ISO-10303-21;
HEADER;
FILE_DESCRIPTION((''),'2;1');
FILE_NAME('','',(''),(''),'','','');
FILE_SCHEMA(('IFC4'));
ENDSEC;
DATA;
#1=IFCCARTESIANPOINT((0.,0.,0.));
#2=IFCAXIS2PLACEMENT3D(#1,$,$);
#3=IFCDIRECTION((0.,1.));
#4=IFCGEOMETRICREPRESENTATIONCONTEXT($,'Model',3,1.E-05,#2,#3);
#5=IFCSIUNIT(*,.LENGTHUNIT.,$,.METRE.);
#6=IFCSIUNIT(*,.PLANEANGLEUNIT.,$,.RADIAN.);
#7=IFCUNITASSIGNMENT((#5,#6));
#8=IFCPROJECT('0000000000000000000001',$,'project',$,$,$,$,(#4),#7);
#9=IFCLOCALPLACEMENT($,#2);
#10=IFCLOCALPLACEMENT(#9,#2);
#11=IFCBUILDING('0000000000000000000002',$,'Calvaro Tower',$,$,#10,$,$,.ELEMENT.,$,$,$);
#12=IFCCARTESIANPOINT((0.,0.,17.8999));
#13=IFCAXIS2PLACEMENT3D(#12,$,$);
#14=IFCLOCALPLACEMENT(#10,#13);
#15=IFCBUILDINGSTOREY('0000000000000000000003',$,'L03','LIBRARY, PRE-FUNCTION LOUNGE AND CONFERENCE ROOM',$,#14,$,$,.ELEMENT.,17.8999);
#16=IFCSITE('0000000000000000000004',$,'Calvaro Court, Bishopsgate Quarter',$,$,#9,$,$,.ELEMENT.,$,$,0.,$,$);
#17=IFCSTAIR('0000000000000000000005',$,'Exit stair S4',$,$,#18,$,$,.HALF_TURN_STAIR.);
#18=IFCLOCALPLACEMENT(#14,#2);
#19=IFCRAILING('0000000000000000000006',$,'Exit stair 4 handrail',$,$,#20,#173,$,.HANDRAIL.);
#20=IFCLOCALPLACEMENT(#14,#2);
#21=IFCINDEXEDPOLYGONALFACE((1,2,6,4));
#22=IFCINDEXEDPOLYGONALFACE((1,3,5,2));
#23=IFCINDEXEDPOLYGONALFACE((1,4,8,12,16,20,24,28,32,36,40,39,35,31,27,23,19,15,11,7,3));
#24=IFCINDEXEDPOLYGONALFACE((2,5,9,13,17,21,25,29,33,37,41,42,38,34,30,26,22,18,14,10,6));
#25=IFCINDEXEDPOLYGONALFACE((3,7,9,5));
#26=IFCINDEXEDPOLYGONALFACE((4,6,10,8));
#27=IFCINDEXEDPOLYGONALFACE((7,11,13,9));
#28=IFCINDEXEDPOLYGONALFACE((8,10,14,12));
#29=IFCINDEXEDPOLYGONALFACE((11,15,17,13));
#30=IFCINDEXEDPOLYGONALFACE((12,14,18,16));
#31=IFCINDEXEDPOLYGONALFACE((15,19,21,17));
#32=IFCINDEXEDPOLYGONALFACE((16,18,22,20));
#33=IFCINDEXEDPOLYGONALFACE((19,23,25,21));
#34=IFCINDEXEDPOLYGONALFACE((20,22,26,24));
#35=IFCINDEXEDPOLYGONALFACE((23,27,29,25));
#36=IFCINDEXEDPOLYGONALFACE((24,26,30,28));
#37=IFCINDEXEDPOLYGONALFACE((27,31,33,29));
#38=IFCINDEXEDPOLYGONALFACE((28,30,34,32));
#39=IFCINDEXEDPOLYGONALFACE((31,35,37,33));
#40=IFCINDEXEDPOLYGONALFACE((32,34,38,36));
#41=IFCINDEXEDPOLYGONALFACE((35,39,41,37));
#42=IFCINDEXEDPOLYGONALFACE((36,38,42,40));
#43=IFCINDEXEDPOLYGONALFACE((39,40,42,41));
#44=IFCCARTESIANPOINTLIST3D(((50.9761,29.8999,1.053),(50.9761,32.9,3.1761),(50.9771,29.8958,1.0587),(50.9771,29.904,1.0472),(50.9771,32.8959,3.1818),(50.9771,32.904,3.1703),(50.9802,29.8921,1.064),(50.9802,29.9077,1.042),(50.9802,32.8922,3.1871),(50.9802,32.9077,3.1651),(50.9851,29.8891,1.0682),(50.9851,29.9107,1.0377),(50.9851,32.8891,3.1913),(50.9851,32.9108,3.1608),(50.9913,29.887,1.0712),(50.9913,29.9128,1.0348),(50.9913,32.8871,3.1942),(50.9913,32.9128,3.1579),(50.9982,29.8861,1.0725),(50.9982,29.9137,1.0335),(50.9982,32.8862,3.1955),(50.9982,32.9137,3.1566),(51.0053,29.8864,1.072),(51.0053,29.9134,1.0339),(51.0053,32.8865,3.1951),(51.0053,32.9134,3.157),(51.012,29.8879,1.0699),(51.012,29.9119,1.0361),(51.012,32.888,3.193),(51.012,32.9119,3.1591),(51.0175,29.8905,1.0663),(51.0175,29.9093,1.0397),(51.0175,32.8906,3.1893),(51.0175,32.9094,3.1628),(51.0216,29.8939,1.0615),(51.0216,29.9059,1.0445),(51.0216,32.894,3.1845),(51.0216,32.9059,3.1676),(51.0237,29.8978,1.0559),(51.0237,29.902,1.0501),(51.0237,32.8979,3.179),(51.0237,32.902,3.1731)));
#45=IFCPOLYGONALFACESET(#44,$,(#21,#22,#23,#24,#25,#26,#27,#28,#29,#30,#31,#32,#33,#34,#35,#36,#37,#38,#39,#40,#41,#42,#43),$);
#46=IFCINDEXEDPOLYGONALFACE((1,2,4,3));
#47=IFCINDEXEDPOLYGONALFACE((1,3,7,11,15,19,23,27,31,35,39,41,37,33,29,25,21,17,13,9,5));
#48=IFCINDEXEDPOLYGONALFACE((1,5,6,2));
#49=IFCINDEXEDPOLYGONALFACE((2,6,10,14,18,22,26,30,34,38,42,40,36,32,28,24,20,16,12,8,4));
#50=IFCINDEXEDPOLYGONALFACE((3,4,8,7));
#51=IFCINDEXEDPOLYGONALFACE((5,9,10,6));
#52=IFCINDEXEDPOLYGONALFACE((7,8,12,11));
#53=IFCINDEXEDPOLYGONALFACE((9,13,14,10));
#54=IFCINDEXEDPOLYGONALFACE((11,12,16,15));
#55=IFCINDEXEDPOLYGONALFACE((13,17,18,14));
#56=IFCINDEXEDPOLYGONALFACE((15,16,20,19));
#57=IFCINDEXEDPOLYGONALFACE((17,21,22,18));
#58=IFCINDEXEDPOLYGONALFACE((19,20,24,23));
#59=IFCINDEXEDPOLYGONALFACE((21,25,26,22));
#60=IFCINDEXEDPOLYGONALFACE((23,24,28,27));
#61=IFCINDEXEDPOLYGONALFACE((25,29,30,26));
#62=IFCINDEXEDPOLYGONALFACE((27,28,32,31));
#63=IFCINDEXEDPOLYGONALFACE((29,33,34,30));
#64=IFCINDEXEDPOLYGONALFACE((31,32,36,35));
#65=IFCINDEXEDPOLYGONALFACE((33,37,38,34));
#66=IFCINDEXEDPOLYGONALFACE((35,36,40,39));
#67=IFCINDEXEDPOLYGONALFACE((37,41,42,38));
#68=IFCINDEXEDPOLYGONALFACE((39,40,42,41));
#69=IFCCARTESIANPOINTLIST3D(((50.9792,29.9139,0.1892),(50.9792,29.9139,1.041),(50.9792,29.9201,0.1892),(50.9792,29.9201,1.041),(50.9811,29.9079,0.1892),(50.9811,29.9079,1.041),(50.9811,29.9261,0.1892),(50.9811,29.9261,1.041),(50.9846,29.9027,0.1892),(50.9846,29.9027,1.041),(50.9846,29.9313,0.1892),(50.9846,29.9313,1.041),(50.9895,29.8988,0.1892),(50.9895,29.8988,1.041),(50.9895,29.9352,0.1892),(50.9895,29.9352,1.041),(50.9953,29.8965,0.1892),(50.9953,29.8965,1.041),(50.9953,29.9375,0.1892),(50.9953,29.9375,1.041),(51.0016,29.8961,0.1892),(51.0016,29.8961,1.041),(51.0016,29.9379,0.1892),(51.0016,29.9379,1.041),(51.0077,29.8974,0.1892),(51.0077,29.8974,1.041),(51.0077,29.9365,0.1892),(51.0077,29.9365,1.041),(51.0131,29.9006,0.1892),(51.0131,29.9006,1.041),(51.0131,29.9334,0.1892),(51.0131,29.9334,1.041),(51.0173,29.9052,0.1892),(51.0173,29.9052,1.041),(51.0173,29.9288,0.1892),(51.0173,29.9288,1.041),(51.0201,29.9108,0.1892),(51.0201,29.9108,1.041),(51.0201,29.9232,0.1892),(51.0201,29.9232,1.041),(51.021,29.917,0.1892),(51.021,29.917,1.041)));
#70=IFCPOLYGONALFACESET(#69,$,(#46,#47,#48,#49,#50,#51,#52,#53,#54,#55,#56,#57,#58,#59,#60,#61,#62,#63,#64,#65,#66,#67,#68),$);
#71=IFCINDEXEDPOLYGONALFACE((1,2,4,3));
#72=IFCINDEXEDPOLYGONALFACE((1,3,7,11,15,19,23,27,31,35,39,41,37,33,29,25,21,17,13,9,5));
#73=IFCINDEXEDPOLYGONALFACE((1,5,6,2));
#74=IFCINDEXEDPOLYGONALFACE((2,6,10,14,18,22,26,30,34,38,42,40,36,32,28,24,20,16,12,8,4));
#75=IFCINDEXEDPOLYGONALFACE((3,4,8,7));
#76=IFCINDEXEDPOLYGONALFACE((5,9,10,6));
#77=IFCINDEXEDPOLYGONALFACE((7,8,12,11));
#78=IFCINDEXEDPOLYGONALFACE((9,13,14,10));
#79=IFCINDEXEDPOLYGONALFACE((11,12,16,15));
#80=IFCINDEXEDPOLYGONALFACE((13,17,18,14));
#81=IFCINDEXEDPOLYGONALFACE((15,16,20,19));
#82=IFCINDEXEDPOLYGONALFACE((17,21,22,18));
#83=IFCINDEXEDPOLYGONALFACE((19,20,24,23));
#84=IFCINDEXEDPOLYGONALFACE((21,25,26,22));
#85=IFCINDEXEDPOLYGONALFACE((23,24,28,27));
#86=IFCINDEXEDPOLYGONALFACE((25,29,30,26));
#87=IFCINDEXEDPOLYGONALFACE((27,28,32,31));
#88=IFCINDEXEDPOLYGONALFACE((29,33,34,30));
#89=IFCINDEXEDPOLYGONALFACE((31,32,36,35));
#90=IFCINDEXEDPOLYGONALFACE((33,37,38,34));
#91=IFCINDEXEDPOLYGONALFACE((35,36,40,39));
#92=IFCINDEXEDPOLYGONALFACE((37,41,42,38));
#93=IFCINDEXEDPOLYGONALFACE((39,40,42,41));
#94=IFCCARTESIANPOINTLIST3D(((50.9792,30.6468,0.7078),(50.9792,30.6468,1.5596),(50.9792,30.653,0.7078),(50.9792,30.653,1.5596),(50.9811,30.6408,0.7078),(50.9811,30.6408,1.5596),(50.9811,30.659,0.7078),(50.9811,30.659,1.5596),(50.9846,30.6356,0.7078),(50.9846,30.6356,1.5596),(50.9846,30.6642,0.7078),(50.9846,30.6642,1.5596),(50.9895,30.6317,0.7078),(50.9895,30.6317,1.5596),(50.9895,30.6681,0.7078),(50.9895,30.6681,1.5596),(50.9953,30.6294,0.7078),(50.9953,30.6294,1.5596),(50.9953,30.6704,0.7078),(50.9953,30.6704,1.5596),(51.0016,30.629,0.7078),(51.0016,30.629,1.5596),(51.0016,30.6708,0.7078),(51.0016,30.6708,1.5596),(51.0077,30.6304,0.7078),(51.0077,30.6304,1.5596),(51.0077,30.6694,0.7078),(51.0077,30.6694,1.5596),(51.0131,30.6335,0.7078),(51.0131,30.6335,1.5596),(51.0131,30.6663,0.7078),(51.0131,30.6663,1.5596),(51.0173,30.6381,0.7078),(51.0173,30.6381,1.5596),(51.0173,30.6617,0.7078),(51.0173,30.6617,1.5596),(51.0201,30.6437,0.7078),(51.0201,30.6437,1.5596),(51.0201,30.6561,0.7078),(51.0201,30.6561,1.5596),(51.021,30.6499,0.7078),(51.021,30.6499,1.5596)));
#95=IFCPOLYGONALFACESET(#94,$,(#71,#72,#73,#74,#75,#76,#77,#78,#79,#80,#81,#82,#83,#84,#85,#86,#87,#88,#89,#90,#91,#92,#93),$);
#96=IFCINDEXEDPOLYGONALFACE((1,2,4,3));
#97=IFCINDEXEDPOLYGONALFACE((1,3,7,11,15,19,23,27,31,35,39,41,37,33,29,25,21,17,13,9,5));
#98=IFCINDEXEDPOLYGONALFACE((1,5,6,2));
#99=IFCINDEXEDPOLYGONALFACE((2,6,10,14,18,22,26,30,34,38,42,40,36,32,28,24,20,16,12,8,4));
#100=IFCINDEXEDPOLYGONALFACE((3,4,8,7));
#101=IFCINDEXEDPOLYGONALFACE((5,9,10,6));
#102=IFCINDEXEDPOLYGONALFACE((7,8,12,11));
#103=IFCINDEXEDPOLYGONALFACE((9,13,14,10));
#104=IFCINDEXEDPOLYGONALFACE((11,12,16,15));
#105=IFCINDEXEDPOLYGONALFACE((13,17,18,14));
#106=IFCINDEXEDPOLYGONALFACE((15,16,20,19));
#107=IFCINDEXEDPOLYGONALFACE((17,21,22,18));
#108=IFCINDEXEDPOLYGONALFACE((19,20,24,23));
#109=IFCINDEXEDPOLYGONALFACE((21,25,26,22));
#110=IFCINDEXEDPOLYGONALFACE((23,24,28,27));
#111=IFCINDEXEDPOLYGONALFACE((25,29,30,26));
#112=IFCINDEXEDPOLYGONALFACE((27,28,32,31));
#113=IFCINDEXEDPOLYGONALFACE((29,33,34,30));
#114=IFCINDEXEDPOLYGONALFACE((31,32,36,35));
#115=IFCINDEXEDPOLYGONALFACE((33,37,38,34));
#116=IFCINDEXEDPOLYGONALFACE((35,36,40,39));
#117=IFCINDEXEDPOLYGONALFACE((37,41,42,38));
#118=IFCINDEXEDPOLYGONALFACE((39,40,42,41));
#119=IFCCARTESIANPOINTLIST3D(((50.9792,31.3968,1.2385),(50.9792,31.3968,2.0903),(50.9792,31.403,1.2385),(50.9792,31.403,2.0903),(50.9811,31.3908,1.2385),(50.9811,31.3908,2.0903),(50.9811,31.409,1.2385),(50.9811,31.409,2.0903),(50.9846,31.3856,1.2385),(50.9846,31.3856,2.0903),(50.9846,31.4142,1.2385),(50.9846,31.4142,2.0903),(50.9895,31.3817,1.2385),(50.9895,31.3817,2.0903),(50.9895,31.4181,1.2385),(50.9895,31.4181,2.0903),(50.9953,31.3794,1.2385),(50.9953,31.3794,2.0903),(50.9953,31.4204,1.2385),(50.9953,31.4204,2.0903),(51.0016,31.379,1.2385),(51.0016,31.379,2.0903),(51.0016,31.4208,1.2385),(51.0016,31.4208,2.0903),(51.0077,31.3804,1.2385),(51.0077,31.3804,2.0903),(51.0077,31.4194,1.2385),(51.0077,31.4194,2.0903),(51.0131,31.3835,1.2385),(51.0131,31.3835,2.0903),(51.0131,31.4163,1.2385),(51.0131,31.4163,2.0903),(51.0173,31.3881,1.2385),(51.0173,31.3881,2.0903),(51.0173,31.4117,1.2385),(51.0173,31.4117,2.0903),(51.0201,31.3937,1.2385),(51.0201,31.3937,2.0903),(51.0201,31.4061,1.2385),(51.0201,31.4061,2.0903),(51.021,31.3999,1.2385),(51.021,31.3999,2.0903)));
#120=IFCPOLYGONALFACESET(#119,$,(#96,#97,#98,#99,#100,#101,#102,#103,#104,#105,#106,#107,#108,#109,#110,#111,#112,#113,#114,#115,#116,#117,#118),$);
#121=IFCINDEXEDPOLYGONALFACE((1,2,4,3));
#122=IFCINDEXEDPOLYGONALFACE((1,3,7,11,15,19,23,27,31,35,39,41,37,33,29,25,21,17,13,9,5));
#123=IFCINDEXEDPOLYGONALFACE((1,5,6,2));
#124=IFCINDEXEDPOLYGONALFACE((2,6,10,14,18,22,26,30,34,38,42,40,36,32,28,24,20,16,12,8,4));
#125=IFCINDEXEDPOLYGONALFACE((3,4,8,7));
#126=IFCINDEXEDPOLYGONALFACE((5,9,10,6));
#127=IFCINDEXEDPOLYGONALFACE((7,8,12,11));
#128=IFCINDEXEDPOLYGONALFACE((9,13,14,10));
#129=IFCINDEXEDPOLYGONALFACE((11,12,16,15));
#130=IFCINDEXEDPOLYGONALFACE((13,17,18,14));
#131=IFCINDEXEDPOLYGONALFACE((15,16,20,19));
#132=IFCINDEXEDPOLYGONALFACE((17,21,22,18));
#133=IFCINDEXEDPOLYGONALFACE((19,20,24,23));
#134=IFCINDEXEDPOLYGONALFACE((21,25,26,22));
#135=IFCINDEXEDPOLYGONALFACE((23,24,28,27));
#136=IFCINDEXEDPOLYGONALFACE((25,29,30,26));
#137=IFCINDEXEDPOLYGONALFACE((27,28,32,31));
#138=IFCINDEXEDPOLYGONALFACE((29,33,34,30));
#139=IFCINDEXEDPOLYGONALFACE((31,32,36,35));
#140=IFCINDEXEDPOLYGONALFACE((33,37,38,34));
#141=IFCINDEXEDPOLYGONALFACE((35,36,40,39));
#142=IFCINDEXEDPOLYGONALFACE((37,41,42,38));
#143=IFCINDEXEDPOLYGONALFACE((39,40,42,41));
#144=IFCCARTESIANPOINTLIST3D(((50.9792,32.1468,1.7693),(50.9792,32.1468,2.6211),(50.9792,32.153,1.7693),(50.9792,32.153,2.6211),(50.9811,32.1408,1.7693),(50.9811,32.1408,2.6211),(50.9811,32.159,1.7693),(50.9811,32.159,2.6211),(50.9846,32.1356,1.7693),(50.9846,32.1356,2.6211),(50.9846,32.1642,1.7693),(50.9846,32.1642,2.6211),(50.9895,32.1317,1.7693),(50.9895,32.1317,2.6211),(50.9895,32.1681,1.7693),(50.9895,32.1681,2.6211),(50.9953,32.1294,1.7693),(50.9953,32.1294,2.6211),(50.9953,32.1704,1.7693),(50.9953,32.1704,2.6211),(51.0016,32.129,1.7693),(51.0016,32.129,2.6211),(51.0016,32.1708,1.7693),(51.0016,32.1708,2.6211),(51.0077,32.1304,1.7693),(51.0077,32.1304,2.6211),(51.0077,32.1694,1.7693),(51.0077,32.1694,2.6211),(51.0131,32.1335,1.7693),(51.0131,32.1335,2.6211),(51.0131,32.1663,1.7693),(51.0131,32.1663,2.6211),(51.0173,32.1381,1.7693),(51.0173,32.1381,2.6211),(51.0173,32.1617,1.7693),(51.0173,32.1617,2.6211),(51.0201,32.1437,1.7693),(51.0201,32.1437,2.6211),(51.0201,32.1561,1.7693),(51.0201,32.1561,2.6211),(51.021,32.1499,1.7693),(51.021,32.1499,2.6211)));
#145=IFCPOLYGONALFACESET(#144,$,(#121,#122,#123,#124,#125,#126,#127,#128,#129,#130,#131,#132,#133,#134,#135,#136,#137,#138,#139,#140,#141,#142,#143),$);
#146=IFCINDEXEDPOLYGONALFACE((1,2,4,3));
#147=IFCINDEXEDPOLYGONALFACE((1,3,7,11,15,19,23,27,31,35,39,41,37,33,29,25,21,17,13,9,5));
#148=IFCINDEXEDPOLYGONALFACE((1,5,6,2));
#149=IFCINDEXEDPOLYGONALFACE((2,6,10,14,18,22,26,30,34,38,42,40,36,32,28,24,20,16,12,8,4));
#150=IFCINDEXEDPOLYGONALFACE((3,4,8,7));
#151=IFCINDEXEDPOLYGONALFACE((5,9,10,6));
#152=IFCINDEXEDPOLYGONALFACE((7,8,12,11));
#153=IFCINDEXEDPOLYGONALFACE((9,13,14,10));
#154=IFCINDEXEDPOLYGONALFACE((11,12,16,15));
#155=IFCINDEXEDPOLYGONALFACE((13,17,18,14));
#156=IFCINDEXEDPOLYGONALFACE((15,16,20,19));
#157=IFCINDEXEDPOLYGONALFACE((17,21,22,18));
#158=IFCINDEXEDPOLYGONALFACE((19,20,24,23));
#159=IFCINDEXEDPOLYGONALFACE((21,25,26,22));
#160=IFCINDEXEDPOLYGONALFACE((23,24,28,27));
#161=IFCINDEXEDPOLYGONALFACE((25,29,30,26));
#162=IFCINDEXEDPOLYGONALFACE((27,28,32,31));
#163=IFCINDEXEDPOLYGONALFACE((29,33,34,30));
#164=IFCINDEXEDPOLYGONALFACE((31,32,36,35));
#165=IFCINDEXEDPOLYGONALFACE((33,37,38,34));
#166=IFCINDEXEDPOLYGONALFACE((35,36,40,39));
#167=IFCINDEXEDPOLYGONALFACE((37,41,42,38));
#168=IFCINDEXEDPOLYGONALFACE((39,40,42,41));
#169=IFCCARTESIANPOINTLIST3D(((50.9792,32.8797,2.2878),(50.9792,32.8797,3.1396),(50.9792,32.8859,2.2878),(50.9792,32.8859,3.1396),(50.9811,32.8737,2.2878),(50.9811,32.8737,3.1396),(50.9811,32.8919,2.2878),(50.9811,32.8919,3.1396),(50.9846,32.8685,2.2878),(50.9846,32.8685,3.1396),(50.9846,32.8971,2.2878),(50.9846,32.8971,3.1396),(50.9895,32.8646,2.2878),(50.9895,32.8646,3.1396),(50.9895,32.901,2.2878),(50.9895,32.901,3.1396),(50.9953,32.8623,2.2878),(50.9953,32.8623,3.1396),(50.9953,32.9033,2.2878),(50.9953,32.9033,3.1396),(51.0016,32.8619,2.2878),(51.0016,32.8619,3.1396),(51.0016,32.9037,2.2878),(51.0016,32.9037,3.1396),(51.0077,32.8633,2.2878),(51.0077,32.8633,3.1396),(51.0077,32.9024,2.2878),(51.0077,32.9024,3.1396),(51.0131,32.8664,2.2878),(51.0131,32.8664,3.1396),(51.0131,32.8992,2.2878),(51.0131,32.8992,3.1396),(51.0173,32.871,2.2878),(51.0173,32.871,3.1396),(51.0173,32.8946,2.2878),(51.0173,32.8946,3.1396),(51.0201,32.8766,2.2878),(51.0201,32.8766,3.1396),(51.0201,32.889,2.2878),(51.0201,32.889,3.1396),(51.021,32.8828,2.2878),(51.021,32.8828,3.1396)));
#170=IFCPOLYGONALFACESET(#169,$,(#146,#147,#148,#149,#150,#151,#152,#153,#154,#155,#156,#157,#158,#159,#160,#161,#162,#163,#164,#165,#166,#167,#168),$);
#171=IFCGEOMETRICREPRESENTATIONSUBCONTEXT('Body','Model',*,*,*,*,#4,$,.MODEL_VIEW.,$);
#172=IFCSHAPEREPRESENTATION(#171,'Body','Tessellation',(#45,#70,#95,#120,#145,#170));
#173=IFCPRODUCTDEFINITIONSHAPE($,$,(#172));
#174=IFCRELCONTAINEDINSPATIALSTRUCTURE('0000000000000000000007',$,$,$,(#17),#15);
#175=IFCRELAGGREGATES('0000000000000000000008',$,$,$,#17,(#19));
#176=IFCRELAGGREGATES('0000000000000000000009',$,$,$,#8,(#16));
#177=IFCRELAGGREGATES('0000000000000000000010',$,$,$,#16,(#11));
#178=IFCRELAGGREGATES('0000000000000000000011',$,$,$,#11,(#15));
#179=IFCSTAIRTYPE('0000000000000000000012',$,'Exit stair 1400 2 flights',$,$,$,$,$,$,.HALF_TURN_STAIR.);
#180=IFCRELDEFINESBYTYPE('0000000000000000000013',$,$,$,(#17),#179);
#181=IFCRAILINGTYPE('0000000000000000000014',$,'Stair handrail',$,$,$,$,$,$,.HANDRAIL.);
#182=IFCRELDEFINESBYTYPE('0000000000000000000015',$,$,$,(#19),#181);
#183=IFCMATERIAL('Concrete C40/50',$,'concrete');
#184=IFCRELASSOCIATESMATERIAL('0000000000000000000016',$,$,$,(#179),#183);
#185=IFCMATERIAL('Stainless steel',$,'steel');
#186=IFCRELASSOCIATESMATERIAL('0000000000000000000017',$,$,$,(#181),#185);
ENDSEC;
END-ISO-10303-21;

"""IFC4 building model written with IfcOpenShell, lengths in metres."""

from ifc_helpers import new_model, si_unit, direction, frame, origin, origin_2d, place, context, subcontext, project, spatial, circle, extrude, material, type_object, element, aggregate, save


model = new_model("IFC4")

# Units and contexts
model_context = context("Model", 3, precision=1e-05, world=origin(), true_north=direction((0.0, 1.0)))
body_context = subcontext(model_context, "Body", "Model", "MODEL_VIEW")
ifc_project = project(units=[si_unit("LENGTHUNIT", "METRE"), si_unit("PLANEANGLEUNIT", "RADIAN")], contexts=[model_context])

# Site, building, storey
site_placement = place(None, origin())
site = spatial("IfcSite", under=ifc_project, at=site_placement, Name="Calvaro Court, Bishopsgate Quarter", CompositionType="ELEMENT", RefElevation=0.0)
building_placement = place(site_placement, origin())
building = spatial("IfcBuilding", under=site, at=building_placement, Name="Calvaro Tower", CompositionType="ELEMENT")
storey_placement = place(building_placement, frame((0.0, 0.0, 17.8999)))
storey = spatial("IfcBuildingStorey", under=building, at=storey_placement, Name="L03", Description="LIBRARY, PRE-FUNCTION LOUNGE AND CONFERENCE ROOM", CompositionType="ELEMENT", Elevation=17.8999)

# Stair, railing
ifc_material_1 = material(Name="Concrete C40/50", Category="concrete")
stair_type = type_object("IfcStairType", Name="Exit stair 1400 2 flights", PredefinedType="HALF_TURN_STAIR", material=ifc_material_1)
stair_placement = place(storey_placement, origin())
stair = element("IfcStair", 1, at=stair_placement, inside=storey, type_object=stair_type, Name="Exit stair S4", PredefinedType="HALF_TURN_STAIR")
ifc_material_2 = material(Name="Stainless steel", Category="steel")
railing_type = type_object("IfcRailingType", Name="Stair handrail", PredefinedType="HANDRAIL", material=ifc_material_2)
railing_1_placement = place(storey_placement, frame((51.0, 29.8999, 0.177)))
railing_1 = element("IfcRailing", 2, at=railing_1_placement, type_object=railing_type, Name="Exit stair 4 handrail", PredefinedType="HANDRAIL", context=body_context, shape_type="SweptSolid", body=[
    extrude(circle(Radius=0.0239, at=origin_2d()), frame((0.0, 0.0, 0.876), z_axis=(0.0, 0.816275, 0.577663), x_axis=(-1.0, 0.0, 0.0)), (0.0, 0.0, 1.0), 3.6753),
    extrude(circle(Radius=0.021, at=origin_2d()), frame((0.0, 0.0171, 0.0122)), (0.0, 0.0, 1.0), 0.8518),
    extrude(circle(Radius=0.021, at=origin_2d()), frame((0.0, 0.75, 0.5308)), (0.0, 0.0, 1.0), 0.8518),
    extrude(circle(Radius=0.021, at=origin_2d()), frame((0.0, 1.5, 1.0615)), (0.0, 0.0, 1.0), 0.8518),
    extrude(circle(Radius=0.021, at=origin_2d()), frame((0.0, 2.25, 1.5923)), (0.0, 0.0, 1.0), 0.8518),
    extrude(circle(Radius=0.021, at=origin_2d()), frame((0.0, 2.9829, 2.1108)), (0.0, 0.0, 1.0), 0.8518),
])
aggregate(stair, [railing_1])

save(model, "model.ifc")
